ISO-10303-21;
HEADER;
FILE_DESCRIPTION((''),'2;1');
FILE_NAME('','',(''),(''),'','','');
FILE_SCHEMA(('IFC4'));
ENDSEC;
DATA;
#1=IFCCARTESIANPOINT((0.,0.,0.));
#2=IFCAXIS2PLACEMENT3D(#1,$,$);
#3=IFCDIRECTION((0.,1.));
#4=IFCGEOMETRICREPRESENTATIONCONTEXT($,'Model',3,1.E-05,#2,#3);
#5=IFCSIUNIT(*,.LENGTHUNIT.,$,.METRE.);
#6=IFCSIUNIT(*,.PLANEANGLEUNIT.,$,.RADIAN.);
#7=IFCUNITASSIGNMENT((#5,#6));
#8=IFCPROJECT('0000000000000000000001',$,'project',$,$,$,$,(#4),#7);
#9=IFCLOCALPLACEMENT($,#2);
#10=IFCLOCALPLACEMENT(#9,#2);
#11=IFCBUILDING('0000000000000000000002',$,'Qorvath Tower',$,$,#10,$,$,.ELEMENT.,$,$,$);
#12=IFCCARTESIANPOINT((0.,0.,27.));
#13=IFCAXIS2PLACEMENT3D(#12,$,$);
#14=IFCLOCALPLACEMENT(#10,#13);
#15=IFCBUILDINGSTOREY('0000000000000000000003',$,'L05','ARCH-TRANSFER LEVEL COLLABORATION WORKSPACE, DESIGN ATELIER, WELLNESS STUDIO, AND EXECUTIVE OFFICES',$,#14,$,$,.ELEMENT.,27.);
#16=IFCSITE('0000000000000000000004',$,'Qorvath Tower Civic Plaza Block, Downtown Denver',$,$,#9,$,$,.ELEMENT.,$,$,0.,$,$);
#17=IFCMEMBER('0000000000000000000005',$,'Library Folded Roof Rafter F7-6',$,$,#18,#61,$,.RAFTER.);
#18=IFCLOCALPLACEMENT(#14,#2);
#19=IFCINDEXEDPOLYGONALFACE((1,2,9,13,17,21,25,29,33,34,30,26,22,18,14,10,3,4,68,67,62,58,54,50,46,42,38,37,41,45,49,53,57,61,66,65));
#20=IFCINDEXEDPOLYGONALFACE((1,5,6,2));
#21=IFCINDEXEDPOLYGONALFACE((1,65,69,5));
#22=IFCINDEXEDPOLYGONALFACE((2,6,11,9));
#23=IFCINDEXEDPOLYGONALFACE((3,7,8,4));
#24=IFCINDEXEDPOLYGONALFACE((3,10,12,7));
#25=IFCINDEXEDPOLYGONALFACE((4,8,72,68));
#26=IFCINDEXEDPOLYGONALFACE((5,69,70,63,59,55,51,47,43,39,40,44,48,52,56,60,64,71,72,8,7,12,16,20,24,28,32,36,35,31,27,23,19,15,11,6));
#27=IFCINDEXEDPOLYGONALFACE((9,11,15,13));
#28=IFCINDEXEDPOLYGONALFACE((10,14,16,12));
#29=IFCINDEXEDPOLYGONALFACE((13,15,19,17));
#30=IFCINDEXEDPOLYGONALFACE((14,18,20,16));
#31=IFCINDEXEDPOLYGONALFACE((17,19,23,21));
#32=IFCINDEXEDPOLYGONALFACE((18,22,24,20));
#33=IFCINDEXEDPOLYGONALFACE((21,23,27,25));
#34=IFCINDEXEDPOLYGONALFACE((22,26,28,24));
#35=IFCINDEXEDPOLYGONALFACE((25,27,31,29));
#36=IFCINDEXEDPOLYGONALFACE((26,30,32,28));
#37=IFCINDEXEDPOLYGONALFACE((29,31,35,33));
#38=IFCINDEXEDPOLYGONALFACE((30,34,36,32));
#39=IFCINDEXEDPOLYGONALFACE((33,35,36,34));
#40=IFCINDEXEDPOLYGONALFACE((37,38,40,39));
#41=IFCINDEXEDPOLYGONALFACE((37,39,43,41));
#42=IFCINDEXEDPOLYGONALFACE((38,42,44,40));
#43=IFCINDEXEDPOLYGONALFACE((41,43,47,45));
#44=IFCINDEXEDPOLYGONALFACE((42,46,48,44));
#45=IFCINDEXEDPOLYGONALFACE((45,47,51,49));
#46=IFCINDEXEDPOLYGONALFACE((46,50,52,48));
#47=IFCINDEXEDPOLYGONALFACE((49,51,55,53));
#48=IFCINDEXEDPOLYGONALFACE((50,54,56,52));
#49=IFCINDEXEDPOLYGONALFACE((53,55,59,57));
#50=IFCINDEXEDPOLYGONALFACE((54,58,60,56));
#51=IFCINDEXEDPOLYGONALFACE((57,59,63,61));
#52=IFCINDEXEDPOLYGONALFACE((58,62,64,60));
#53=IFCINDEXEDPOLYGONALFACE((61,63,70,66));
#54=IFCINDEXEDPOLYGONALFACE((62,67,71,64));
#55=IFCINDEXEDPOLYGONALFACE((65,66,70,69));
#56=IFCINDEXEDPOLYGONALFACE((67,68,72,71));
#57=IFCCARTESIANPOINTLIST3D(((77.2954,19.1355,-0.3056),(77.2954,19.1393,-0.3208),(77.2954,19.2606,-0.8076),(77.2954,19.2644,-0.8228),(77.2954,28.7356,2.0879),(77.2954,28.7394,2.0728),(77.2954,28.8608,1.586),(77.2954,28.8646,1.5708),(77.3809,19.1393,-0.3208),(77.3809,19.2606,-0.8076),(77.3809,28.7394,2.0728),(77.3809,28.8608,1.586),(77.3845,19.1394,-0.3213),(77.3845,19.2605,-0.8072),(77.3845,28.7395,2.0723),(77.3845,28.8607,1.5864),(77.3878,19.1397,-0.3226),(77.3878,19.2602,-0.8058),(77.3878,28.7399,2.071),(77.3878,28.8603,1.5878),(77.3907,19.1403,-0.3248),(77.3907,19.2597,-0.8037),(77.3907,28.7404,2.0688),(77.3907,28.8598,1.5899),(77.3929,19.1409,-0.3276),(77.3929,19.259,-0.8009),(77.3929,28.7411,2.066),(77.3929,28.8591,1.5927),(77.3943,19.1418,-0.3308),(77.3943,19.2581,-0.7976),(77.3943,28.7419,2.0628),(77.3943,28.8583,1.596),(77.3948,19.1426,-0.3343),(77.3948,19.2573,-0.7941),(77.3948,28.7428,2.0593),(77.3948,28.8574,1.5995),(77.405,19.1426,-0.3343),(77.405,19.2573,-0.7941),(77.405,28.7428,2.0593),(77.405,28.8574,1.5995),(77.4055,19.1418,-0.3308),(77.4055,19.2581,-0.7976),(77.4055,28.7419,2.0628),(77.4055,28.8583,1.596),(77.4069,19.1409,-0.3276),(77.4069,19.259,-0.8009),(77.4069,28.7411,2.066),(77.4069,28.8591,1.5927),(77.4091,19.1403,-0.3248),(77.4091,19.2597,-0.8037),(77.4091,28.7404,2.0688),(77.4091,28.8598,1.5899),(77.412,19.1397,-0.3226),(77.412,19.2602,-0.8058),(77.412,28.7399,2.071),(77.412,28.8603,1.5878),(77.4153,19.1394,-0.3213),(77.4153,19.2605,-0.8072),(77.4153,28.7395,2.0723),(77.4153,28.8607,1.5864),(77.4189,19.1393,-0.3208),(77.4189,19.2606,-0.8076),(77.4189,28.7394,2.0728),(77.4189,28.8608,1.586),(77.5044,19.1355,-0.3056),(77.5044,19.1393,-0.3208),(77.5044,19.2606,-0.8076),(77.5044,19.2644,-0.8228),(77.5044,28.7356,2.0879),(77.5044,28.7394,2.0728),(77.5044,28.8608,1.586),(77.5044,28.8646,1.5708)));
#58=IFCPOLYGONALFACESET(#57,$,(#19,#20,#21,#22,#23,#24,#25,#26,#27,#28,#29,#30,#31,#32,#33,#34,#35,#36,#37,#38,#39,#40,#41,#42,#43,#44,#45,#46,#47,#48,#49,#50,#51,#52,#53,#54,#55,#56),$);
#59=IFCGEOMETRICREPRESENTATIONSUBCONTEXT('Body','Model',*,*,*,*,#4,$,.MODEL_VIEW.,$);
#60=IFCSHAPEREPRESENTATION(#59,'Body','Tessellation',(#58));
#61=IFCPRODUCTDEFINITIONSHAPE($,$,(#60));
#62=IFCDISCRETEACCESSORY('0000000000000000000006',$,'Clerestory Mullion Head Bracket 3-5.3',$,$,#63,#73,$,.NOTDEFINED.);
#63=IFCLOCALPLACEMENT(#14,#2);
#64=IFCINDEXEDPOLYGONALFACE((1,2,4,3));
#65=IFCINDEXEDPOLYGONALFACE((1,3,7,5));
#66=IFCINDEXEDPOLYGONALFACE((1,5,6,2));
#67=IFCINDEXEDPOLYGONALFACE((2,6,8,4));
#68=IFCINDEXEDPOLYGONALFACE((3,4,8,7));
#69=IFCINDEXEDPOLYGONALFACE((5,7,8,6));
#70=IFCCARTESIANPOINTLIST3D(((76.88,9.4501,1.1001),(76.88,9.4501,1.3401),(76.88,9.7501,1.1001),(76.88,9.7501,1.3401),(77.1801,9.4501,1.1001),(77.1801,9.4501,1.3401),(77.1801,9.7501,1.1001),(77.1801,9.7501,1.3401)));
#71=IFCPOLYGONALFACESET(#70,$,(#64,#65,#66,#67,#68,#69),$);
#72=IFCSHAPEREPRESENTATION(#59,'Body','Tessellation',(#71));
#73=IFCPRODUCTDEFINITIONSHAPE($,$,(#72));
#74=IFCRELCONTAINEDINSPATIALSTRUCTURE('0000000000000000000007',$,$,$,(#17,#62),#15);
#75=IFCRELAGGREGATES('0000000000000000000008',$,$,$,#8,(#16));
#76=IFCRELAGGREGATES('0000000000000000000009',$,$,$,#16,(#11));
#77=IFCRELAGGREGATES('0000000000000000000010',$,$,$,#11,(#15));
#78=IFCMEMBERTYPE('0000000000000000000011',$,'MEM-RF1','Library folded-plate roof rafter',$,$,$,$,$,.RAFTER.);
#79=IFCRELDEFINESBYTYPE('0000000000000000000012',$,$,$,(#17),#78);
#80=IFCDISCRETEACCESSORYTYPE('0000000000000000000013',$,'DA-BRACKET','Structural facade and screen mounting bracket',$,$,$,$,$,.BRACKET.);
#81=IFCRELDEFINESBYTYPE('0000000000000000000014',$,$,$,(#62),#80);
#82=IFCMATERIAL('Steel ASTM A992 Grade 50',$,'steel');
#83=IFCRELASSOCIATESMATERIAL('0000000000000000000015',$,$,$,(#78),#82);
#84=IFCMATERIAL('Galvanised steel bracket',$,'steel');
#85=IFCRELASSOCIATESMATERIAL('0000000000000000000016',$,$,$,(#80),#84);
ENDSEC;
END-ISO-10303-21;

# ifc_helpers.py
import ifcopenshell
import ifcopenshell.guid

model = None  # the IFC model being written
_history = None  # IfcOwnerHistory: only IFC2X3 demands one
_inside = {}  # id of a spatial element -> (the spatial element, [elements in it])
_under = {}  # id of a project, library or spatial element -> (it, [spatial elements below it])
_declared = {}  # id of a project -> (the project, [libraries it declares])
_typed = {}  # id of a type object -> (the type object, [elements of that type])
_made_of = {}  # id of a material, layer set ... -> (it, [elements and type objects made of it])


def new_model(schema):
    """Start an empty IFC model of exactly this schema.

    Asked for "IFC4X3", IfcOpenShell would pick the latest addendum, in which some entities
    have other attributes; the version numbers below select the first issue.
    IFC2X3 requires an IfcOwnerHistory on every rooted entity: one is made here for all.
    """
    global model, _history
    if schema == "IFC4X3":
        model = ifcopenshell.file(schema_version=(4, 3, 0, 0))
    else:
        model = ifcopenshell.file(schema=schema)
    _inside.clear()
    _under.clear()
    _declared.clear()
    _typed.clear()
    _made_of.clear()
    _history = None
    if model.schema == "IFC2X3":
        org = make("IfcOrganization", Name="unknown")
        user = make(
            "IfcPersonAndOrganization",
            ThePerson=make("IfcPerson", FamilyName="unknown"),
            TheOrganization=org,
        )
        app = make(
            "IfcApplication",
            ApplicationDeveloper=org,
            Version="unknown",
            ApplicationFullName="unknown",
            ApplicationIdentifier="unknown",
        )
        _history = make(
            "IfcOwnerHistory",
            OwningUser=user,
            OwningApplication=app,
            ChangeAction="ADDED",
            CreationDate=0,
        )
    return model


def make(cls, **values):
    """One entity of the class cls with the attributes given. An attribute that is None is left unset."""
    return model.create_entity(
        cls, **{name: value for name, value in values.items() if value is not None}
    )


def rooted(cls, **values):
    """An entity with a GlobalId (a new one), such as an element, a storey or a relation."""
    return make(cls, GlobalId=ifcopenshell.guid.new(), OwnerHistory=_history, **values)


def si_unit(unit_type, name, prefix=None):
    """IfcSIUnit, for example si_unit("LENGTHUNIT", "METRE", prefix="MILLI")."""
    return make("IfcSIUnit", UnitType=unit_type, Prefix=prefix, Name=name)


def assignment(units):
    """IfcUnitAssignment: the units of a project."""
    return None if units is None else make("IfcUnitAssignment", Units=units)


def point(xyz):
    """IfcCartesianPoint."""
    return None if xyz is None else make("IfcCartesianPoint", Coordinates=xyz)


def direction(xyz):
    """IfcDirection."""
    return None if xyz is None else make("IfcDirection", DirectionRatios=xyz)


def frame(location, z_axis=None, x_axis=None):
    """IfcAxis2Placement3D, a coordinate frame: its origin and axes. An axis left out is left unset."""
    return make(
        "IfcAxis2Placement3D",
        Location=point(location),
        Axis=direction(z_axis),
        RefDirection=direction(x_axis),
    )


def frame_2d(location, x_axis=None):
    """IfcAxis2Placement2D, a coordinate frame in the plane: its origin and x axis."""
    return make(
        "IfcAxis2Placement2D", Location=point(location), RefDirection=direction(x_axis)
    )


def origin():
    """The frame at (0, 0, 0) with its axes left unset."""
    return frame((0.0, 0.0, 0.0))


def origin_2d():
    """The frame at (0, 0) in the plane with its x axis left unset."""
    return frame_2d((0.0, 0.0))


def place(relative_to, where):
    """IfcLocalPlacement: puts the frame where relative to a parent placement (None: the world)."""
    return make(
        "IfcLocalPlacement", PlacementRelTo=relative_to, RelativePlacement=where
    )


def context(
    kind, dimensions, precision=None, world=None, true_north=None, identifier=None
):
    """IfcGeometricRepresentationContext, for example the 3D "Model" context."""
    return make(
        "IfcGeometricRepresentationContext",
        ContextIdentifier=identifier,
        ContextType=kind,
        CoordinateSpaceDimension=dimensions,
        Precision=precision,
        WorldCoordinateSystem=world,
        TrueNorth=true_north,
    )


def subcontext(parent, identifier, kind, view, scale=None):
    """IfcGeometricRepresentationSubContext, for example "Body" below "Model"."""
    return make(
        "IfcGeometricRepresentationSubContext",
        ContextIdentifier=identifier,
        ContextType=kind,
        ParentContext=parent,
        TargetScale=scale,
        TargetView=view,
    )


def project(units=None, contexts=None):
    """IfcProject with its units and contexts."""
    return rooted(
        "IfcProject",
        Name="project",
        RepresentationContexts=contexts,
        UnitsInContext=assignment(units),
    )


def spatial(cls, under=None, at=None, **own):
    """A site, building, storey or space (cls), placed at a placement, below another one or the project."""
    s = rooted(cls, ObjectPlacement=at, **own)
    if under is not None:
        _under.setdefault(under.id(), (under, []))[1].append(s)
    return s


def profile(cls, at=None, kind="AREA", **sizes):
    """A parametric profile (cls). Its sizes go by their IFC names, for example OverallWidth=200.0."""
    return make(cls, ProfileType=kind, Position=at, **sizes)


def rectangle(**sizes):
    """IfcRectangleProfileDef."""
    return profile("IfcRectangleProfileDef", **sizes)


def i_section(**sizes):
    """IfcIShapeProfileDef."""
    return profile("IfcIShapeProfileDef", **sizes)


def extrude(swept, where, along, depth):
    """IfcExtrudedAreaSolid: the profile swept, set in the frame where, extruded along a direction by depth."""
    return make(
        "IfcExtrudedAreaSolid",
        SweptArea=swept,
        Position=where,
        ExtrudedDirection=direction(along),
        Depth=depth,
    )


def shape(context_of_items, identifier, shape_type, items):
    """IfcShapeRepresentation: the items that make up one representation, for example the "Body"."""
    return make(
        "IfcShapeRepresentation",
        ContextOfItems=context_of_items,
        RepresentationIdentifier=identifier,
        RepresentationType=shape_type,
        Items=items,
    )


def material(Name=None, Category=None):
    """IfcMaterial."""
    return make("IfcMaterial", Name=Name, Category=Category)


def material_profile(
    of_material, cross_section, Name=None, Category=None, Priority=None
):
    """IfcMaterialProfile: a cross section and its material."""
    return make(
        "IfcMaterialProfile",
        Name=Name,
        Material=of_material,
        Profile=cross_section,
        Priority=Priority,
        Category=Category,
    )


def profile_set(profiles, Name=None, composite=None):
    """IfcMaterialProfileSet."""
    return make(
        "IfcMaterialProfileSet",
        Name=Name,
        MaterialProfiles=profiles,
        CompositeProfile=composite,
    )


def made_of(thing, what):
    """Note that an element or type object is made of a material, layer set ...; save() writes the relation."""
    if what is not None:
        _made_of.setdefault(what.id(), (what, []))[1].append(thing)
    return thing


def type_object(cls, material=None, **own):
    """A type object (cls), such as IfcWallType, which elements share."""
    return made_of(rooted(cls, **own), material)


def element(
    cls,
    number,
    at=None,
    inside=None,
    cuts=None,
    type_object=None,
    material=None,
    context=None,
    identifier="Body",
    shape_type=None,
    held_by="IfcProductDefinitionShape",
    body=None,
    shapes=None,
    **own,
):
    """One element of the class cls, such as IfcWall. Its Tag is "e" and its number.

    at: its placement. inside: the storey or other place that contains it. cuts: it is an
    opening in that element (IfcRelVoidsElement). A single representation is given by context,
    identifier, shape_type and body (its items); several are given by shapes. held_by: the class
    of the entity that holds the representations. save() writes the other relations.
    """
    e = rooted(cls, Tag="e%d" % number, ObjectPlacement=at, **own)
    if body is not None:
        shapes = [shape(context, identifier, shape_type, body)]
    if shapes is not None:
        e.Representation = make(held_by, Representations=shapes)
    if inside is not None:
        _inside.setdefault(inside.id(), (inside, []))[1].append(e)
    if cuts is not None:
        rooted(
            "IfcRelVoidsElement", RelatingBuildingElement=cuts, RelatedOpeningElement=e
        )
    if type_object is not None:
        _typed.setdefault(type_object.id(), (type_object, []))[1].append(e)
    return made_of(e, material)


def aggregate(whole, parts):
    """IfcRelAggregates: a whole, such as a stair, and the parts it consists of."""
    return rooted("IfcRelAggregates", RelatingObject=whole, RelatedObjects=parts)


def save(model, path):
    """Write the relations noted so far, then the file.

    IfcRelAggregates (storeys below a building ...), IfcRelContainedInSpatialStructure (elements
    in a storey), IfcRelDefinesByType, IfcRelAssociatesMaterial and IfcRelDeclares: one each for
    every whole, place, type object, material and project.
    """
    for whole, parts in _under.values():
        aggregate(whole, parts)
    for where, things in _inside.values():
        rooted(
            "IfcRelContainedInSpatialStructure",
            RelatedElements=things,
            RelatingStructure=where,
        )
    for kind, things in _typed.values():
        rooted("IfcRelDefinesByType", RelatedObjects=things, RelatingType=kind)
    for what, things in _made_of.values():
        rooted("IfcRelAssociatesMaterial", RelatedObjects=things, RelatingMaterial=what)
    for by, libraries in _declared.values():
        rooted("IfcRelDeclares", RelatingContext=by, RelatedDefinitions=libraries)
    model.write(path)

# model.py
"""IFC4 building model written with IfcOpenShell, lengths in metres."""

from ifc_helpers import new_model, si_unit, direction, frame, origin, origin_2d, place, context, subcontext, project, spatial, rectangle, i_section, extrude, material, material_profile, profile_set, type_object, element, save


model = new_model("IFC4")

# Units and contexts
model_context = context("Model", 3, precision=1e-05, world=origin(), true_north=direction((0.0, 1.0)))
body_context = subcontext(model_context, "Body", "Model", "MODEL_VIEW")
ifc_project = project(units=[si_unit("LENGTHUNIT", "METRE"), si_unit("PLANEANGLEUNIT", "RADIAN")], contexts=[model_context])

# Site, building, storey
site_placement = place(None, origin())
site = spatial("IfcSite", under=ifc_project, at=site_placement, Name="Qorvath Tower Civic Plaza Block, Downtown Denver", CompositionType="ELEMENT", RefElevation=0.0)
building_placement = place(site_placement, origin())
building = spatial("IfcBuilding", under=site, at=building_placement, Name="Qorvath Tower", CompositionType="ELEMENT")
storey_placement = place(building_placement, frame((0.0, 0.0, 27.0)))
storey = spatial("IfcBuildingStorey", under=building, at=storey_placement, Name="L05", Description="ARCH-TRANSFER LEVEL COLLABORATION WORKSPACE, DESIGN ATELIER, WELLNESS STUDIO, AND EXECUTIVE OFFICES", CompositionType="ELEMENT", Elevation=27.0)

# Member
ifc_material_1 = material(Name="Steel ASTM A992 Grade 50", Category="steel")
ifc_material_profile_1 = material_profile(ifc_material_1, i_section(OverallWidth=0.209, OverallDepth=0.533, WebThickness=0.0103, FlangeThickness=0.0156, FilletRadius=0.0139, at=origin_2d()), Name="W21x62")
ifc_profile_set_1 = profile_set([ifc_material_profile_1], Name="Steel ASTM A992 Grade 50")
member_type_1 = type_object("IfcMemberType", Name="MEM-RF1", Description="Library folded-plate roof rafter", PredefinedType="RAFTER", material=ifc_profile_set_1)
for number, where, z_axis, x_axis, name in (
    (1, (77.3999, 19.2, -0.5642), (0.0, 0.970296, 0.24192), (-1.0, 0.0, 0.0), "Library Folded Roof Rafter F7-6"),
):
    element("IfcMember", number, at=place(storey_placement, frame(where, z_axis=z_axis, x_axis=x_axis)), inside=storey, type_object=member_type_1, Name=name, PredefinedType="RAFTER", context=body_context, shape_type="SweptSolid", body=[
        extrude(i_section(OverallWidth=0.209, OverallDepth=0.533, WebThickness=0.0103, FlangeThickness=0.0156, FilletRadius=0.0139, at=origin_2d()), origin(), (0.0, 0.0, 1.0), 9.894),
    ])

# Discrete accessory
ifc_material_2 = material(Name="Galvanised steel bracket", Category="steel")
discrete_accessory_type = type_object("IfcDiscreteAccessoryType", Name="DA-BRACKET", Description="Structural facade and screen mounting bracket", PredefinedType="BRACKET", material=ifc_material_2)
discrete_accessory_placement = place(storey_placement, frame((77.03, 9.6001, 1.1001), z_axis=(0.0, 0.0, 1.0), x_axis=(1.0, 0.0, 0.0)))
element("IfcDiscreteAccessory", 2, at=discrete_accessory_placement, inside=storey, type_object=discrete_accessory_type, Name="Clerestory Mullion Head Bracket 3-5.3", PredefinedType="NOTDEFINED", context=body_context, shape_type="SweptSolid", body=[
    extrude(rectangle(XDim=0.3, YDim=0.3, at=origin_2d()), origin(), (0.0, 0.0, 1.0), 0.24),
])

save(model, "model.ifc")
